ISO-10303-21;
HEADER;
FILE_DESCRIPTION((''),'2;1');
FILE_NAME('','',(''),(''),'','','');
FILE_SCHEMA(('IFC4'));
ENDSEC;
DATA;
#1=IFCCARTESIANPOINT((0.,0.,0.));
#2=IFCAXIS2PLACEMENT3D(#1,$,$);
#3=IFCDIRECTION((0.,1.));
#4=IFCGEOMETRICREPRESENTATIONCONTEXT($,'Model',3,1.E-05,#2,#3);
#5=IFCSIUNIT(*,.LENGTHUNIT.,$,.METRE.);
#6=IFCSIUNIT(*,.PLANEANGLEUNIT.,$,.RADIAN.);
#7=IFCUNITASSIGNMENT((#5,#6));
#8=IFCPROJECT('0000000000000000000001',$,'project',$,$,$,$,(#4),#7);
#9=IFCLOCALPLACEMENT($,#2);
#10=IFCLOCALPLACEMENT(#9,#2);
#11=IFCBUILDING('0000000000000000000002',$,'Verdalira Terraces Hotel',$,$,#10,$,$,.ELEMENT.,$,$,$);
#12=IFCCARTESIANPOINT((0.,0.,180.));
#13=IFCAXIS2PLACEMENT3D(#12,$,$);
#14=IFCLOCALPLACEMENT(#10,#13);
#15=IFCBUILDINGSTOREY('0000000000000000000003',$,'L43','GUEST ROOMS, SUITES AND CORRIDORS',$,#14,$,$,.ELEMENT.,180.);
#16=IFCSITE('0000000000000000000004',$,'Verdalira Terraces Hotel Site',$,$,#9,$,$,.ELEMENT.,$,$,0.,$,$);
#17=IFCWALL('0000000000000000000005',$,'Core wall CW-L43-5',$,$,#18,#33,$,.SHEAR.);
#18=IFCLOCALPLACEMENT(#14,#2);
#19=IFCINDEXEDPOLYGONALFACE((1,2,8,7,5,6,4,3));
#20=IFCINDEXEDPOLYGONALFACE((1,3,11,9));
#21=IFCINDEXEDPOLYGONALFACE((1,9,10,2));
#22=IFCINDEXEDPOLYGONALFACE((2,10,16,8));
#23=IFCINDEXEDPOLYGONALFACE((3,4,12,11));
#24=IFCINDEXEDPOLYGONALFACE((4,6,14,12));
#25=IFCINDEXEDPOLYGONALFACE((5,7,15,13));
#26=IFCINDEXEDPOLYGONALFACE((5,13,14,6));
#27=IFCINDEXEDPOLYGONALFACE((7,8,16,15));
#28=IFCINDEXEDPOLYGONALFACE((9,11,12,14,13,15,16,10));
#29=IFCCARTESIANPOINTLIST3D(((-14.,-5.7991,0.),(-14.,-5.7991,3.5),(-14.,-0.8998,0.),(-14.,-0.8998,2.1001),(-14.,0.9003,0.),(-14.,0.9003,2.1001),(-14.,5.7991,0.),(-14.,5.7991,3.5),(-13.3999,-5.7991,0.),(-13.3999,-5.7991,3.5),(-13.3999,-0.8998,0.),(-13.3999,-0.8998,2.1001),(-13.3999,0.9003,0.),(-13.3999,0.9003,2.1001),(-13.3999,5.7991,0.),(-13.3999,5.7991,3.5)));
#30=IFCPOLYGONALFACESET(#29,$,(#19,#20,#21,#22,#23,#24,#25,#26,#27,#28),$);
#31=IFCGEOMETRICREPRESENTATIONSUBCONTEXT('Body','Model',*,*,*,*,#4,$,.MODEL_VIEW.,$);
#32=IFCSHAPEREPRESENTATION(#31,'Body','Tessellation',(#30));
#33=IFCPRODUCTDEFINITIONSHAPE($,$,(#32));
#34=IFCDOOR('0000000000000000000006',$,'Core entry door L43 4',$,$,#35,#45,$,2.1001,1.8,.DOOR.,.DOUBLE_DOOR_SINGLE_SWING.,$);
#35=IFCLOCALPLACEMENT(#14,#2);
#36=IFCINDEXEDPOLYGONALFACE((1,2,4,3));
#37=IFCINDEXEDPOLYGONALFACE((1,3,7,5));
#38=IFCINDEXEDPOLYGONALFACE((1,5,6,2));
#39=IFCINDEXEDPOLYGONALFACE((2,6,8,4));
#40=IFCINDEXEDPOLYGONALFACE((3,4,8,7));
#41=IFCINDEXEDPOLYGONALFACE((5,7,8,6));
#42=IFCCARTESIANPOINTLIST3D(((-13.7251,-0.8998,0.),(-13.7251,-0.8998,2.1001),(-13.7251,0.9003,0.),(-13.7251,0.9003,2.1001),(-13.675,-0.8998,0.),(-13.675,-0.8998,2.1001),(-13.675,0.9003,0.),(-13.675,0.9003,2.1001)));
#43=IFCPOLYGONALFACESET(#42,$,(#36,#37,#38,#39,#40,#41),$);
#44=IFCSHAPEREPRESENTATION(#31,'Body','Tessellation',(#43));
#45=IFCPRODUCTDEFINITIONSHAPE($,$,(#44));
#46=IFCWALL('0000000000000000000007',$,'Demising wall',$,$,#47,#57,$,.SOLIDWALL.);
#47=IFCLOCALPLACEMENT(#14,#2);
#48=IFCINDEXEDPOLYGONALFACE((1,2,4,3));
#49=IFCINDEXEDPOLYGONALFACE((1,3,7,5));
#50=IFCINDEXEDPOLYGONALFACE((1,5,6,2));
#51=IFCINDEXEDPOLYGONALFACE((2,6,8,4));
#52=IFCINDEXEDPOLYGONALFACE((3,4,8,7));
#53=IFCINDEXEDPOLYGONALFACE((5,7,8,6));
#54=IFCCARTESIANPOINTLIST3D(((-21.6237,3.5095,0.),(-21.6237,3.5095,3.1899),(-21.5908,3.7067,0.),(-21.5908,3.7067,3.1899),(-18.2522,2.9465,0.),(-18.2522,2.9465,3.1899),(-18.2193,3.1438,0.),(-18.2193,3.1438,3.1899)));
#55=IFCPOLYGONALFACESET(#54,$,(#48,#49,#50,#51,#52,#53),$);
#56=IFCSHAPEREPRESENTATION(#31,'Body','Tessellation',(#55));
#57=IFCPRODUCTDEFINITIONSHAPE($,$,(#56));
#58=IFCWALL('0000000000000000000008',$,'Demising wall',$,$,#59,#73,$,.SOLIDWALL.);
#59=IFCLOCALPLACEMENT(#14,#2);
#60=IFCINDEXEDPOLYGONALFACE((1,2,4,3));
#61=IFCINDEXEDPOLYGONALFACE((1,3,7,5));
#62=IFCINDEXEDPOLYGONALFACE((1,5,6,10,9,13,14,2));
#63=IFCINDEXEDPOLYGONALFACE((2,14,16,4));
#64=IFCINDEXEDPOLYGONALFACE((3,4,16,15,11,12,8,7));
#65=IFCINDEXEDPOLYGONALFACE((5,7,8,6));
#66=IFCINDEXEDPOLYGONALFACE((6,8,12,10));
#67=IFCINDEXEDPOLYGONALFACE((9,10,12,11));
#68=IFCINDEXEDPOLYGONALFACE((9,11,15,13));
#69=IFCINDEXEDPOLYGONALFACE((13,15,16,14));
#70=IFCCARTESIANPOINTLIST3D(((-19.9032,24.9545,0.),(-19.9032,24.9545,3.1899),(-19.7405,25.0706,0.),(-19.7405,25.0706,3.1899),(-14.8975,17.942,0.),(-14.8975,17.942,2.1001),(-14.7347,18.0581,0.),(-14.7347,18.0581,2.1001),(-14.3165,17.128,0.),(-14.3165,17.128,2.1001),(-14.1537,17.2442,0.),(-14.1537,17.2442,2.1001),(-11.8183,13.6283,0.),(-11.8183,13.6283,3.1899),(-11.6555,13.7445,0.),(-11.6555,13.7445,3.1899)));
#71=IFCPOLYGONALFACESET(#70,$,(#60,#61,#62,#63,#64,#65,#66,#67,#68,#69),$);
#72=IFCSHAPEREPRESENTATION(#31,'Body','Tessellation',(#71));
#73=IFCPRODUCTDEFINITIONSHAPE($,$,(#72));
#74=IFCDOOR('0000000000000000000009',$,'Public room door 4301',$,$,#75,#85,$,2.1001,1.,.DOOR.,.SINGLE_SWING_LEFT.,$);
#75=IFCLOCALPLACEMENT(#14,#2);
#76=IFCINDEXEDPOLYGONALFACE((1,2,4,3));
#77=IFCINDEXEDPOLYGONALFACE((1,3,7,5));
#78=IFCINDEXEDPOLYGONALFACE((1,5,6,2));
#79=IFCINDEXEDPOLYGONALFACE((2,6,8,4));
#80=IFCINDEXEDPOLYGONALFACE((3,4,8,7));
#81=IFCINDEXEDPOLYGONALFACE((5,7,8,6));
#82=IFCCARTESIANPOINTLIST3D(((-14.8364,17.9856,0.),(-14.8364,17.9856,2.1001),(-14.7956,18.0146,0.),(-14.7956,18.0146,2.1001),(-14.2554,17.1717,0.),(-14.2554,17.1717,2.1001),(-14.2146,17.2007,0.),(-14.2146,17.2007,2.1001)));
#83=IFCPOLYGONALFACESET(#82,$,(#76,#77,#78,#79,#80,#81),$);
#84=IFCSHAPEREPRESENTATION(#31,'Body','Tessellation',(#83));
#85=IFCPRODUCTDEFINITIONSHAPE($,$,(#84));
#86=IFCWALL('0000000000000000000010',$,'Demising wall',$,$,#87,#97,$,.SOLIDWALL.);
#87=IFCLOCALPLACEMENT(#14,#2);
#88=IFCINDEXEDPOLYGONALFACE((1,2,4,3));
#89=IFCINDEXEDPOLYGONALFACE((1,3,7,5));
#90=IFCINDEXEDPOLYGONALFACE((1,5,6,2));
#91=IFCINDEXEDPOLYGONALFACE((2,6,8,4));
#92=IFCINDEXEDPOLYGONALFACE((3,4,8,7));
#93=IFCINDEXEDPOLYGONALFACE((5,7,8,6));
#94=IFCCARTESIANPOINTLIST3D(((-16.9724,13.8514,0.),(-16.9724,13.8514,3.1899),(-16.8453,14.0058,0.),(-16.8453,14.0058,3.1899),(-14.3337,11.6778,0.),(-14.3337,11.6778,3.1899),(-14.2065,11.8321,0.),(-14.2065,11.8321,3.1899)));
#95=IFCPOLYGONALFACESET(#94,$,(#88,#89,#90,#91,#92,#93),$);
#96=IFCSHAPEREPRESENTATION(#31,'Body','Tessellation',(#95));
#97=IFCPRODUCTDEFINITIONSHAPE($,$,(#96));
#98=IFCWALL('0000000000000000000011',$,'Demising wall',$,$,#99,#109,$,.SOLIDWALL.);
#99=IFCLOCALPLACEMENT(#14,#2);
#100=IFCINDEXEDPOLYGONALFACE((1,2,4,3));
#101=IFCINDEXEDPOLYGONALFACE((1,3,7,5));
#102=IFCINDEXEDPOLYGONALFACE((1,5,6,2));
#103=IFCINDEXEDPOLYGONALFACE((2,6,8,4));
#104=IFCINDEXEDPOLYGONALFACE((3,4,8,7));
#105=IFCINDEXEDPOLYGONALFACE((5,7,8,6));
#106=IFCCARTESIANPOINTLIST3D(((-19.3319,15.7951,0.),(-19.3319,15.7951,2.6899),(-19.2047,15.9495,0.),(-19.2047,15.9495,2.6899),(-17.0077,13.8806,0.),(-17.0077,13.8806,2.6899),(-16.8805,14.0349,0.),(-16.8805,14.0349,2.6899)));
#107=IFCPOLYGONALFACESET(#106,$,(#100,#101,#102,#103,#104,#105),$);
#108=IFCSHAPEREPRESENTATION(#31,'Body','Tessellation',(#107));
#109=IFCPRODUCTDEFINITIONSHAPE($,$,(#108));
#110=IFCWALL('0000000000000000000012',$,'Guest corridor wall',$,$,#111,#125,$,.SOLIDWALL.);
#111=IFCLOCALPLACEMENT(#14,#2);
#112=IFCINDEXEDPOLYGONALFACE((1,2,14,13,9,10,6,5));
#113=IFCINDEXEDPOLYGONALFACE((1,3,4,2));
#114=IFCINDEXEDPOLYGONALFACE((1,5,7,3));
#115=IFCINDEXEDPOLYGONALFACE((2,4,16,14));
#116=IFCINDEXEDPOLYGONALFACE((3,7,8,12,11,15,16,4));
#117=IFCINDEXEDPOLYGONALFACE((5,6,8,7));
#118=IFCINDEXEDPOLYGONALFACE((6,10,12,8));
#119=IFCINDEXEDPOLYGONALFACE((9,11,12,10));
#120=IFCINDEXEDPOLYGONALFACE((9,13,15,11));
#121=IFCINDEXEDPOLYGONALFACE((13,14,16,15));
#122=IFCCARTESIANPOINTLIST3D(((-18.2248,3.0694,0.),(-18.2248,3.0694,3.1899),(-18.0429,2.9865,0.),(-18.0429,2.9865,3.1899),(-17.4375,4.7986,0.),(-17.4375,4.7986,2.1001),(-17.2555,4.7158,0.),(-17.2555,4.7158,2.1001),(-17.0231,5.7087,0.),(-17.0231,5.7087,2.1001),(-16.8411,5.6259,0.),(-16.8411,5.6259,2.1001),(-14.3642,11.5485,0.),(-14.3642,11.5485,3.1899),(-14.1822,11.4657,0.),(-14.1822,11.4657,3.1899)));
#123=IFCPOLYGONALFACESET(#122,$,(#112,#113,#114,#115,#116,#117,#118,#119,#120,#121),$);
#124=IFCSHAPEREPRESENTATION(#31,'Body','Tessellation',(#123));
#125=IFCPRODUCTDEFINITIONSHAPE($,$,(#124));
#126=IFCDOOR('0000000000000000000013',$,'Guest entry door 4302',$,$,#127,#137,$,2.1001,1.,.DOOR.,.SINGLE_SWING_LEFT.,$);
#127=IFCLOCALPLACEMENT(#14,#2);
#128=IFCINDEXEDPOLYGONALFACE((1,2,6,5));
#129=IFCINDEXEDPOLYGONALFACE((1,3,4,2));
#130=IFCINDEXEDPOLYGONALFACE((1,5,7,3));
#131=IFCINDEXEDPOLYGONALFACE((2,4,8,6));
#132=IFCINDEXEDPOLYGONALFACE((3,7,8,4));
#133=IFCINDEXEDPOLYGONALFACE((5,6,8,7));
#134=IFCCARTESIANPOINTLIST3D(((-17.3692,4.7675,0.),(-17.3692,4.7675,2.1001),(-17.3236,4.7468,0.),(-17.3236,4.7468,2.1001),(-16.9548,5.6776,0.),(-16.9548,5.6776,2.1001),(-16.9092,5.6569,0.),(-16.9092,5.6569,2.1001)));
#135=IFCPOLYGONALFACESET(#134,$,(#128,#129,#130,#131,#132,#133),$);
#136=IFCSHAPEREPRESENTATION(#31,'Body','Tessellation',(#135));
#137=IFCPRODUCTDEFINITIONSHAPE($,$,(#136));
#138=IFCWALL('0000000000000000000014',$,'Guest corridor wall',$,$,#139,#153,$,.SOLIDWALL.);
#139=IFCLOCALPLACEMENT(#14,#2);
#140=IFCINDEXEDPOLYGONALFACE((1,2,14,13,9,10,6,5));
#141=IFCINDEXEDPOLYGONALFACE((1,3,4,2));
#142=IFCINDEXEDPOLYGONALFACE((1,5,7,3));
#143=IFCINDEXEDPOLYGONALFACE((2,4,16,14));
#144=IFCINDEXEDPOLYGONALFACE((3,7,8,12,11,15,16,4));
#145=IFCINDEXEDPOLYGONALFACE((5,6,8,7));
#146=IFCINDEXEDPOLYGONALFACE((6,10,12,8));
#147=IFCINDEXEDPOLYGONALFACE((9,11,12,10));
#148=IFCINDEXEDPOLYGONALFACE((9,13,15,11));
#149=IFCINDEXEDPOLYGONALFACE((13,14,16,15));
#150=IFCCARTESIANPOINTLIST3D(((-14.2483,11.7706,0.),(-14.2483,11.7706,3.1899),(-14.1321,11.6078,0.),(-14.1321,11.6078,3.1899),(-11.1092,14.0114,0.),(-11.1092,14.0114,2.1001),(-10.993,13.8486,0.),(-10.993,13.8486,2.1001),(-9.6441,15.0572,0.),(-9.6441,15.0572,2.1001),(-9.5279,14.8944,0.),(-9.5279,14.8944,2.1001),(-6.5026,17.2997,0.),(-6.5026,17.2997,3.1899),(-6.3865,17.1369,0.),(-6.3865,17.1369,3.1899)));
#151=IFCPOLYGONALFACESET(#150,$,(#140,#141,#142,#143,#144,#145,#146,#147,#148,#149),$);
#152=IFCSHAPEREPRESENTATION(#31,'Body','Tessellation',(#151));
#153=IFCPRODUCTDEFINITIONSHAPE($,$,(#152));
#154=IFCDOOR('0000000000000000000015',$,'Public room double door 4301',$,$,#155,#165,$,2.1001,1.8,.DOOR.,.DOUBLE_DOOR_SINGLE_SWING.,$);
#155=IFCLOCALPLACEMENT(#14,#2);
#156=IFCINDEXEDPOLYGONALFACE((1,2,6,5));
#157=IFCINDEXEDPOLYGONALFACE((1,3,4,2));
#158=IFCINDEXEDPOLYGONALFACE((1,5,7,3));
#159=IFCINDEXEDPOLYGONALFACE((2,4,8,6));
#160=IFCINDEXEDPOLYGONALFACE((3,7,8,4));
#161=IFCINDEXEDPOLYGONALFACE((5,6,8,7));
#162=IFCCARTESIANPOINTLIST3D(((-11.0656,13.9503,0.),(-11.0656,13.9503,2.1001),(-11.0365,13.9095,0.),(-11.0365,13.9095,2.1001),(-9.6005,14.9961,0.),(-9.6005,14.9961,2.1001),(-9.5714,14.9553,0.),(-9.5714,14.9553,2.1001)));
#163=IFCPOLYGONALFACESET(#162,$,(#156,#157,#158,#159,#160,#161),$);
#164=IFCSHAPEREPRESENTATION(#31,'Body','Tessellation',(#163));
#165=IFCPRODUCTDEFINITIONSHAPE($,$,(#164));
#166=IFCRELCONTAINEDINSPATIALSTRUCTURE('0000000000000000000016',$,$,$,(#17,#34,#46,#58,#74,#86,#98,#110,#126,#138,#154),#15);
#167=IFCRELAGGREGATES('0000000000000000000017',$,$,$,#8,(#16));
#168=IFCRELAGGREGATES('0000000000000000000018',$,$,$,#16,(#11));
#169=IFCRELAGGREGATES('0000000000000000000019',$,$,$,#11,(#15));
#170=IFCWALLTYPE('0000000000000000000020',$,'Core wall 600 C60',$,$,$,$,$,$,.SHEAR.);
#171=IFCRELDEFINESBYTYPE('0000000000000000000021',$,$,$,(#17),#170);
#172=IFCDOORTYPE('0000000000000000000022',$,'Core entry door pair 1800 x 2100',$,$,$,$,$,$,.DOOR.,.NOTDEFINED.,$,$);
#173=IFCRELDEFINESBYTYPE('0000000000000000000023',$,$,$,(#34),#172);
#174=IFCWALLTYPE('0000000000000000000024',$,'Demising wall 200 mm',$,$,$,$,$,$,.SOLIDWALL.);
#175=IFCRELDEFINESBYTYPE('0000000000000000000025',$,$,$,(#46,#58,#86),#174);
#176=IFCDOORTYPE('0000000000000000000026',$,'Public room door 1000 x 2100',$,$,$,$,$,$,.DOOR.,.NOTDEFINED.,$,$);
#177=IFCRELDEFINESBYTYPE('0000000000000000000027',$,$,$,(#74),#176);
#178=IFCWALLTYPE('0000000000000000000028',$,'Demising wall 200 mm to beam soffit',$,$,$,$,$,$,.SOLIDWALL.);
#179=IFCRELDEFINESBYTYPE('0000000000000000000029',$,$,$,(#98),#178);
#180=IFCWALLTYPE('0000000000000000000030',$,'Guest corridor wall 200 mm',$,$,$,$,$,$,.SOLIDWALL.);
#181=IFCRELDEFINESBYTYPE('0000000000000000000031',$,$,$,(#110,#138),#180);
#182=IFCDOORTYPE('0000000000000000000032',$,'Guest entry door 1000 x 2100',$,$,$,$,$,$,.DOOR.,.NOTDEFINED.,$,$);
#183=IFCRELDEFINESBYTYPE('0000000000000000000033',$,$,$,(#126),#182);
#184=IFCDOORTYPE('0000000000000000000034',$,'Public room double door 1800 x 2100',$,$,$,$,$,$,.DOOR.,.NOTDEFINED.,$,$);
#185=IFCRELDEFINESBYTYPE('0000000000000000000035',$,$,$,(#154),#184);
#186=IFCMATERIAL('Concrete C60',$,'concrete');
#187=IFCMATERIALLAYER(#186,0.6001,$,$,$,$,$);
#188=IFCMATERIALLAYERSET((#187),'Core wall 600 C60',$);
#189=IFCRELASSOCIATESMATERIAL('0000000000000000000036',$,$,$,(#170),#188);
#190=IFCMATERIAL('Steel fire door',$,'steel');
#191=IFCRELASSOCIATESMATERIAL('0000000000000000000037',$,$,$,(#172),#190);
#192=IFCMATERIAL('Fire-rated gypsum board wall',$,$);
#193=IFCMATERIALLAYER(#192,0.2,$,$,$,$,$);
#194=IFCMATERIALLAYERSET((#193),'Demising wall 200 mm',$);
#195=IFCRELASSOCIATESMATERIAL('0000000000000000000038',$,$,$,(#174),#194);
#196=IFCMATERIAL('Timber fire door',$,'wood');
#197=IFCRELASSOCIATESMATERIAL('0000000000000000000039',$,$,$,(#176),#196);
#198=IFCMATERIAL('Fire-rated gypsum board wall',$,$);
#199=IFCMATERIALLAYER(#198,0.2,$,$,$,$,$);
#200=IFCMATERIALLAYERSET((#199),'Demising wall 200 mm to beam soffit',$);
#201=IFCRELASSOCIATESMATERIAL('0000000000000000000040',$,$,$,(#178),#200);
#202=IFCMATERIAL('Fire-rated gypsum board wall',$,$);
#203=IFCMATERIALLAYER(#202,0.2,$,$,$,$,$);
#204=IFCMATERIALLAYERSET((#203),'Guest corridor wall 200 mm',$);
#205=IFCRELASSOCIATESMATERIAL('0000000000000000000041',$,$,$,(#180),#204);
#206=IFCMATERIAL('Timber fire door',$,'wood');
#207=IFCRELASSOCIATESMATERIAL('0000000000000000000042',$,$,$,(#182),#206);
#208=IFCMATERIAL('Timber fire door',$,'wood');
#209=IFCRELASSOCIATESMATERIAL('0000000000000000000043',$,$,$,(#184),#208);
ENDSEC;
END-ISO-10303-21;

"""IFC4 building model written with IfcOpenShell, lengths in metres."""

from ifc_helpers import new_model, si_unit, direction, frame, frame_2d, origin, place, context, subcontext, project, spatial, rectangle, extrude, material, layer, layer_set, type_object, element, fill, save


model = new_model("IFC4")

# Units and contexts
model_context = context("Model", 3, precision=1e-05, world=origin(), true_north=direction((0.0, 1.0)))
body_context = subcontext(model_context, "Body", "Model", "MODEL_VIEW")
ifc_project = project(units=[si_unit("LENGTHUNIT", "METRE"), si_unit("PLANEANGLEUNIT", "RADIAN")], contexts=[model_context])

# Site, building, storey
site_placement = place(None, origin())
site = spatial("IfcSite", under=ifc_project, at=site_placement, Name="Verdalira Terraces Hotel Site", CompositionType="ELEMENT", RefElevation=0.0)
building_placement = place(site_placement, origin())
building = spatial("IfcBuilding", under=site, at=building_placement, Name="Verdalira Terraces Hotel", CompositionType="ELEMENT")
storey_placement = place(building_placement, frame((0.0, 0.0, 180.0)))
storey = spatial("IfcBuildingStorey", under=building, at=storey_placement, Name="L43", Description="GUEST ROOMS, SUITES AND CORRIDORS", CompositionType="ELEMENT", Elevation=180.0)

# Wall, opening, door
ifc_material_1 = material(Name="Concrete C60", Category="concrete")
ifc_layer_1 = layer(ifc_material_1, 0.6001)
ifc_layer_set_1 = layer_set([ifc_layer_1], Name="Core wall 600 C60")
wall_type_1 = type_object("IfcWallType", Name="Core wall 600 C60", PredefinedType="SHEAR", material=ifc_layer_set_1)
wall_1_placement = place(storey_placement, frame((-13.7, 5.7991, 0.0), z_axis=(0.0, 0.0, 1.0), x_axis=(0.0, -1.0, 0.0)))
wall_1 = element("IfcWall", 1, at=wall_1_placement, inside=storey, type_object=wall_type_1, Name="Core wall CW-L43-5", PredefinedType="SHEAR", context=body_context, shape_type="SweptSolid", body=[
    extrude(rectangle(XDim=11.5981, YDim=0.6001, at=frame_2d((5.7991, 0.0))), origin(), (0.0, 0.0, 1.0), 3.5),
])
opening_1_placement = place(wall_1_placement, frame((4.8989, 0.0, 0.0)))
opening_1 = element("IfcOpeningElement", 2, at=opening_1_placement, cuts=wall_1, PredefinedType="OPENING", context=body_context, shape_type="SweptSolid", body=[
    extrude(rectangle(XDim=1.8, YDim=2.1001, at=frame_2d((0.8999, 1.05))), frame((0.0, 0.3101, 0.0), z_axis=(0.0, -1.0, 0.0), x_axis=(1.0, 0.0, 0.0)), (0.0, 0.0, 1.0), 0.6201),
])
ifc_material_2 = material(Name="Steel fire door", Category="steel")
door_type_1 = type_object("IfcDoorType", Name="Core entry door pair 1800 x 2100", OperationType="NOTDEFINED", PredefinedType="DOOR", material=ifc_material_2)
door_1_placement = place(opening_1_placement, origin())
door_1 = element("IfcDoor", 3, at=door_1_placement, inside=storey, type_object=door_type_1, Name="Core entry door L43 4", OperationType="DOUBLE_DOOR_SINGLE_SWING", OverallHeight=2.1001, OverallWidth=1.8, PredefinedType="DOOR", context=body_context, shape_type="SweptSolid", body=[
    extrude(rectangle(XDim=1.8, YDim=2.1001, at=frame_2d((0.8999, 1.05))), frame((0.0, 0.0249, 0.0), z_axis=(0.0, -1.0, 0.0), x_axis=(1.0, 0.0, 0.0)), (0.0, 0.0, 1.0), 0.05),
])
fill(opening_1, door_1)

# Wall
ifc_material_3 = material(Name="Fire-rated gypsum board wall")
ifc_layer_2 = layer(ifc_material_3, 0.2)
ifc_layer_set_2 = layer_set([ifc_layer_2], Name="Demising wall 200 mm")
wall_type_2 = type_object("IfcWallType", Name="Demising wall 200 mm", PredefinedType="SOLIDWALL", material=ifc_layer_set_2)
wall_2_placement = place(storey_placement, frame((-18.2358, 3.0452, 0.0), z_axis=(0.0, 0.0, 1.0), x_axis=(-0.986344, 0.1647, 0.0)))
element("IfcWall", 4, at=wall_2_placement, inside=storey, type_object=wall_type_2, Name="Demising wall", PredefinedType="SOLIDWALL", context=body_context, shape_type="SweptSolid", body=[
    extrude(rectangle(XDim=3.4182, YDim=0.2, at=frame_2d((1.709, 0.0))), origin(), (0.0, 0.0, 1.0), 3.1899),
])

# Wall, opening, door
wall_3_placement = place(storey_placement, frame((-11.7368, 13.6863, 0.0), z_axis=(0.0, 0.0, 1.0), x_axis=(-0.580993, 0.813909, 0.0)))
wall_3 = element("IfcWall", 5, at=wall_3_placement, inside=storey, type_object=wall_type_2, Name="Demising wall", PredefinedType="SOLIDWALL", context=body_context, shape_type="SweptSolid", body=[
    extrude(rectangle(XDim=13.9158, YDim=0.2, at=frame_2d((6.958, 0.0))), origin(), (0.0, 0.0, 1.0), 3.1899),
])
opening_2_placement = place(wall_3_placement, frame((4.3, 0.0, 0.0)))
opening_2 = element("IfcOpeningElement", 6, at=opening_2_placement, cuts=wall_3, PredefinedType="OPENING", context=body_context, shape_type="SweptSolid", body=[
    extrude(rectangle(XDim=1.0, YDim=2.1001, at=frame_2d((0.5, 1.05))), frame((0.0, 0.1099, 0.0), z_axis=(0.0, -1.0, 0.0), x_axis=(1.0, 0.0, 0.0)), (0.0, 0.0, 1.0), 0.22),
])
ifc_material_4 = material(Name="Timber fire door", Category="wood")
door_type_2 = type_object("IfcDoorType", Name="Public room door 1000 x 2100", OperationType="NOTDEFINED", PredefinedType="DOOR", material=ifc_material_4)
door_2_placement = place(opening_2_placement, origin())
door_2 = element("IfcDoor", 7, at=door_2_placement, inside=storey, type_object=door_type_2, Name="Public room door 4301", OperationType="SINGLE_SWING_LEFT", OverallHeight=2.1001, OverallWidth=1.0, PredefinedType="DOOR", context=body_context, shape_type="SweptSolid", body=[
    extrude(rectangle(XDim=1.0, YDim=2.1001, at=frame_2d((0.5, 1.05))), frame((0.0, 0.0249, 0.0), z_axis=(0.0, -1.0, 0.0), x_axis=(1.0, 0.0, 0.0)), (0.0, 0.0, 1.0), 0.05),
])
fill(opening_2, door_2)

# Walls
wall_4_placement = place(storey_placement, frame((-14.27, 11.7549, 0.0), z_axis=(0.0, 0.0, 1.0), x_axis=(-0.77185, 0.635805, 0.0)))
element("IfcWall", 8, at=wall_4_placement, inside=storey, type_object=wall_type_2, Name="Demising wall", PredefinedType="SOLIDWALL", context=body_context, shape_type="SweptSolid", body=[
    extrude(rectangle(XDim=3.4187, YDim=0.2, at=frame_2d((1.7095, 0.0))), origin(), (0.0, 0.0, 1.0), 3.1899),
])
ifc_material_5 = material(Name="Fire-rated gypsum board wall")
ifc_layer_3 = layer(ifc_material_5, 0.2)
ifc_layer_set_3 = layer_set([ifc_layer_3], Name="Demising wall 200 mm to beam soffit")
wall_type_3 = type_object("IfcWallType", Name="Demising wall 200 mm to beam soffit", PredefinedType="SOLIDWALL", material=ifc_layer_set_3)
wall_5_placement = place(storey_placement, frame((-16.9441, 13.9578, 0.0), z_axis=(0.0, 0.0, 1.0), x_axis=(-0.771851, 0.635804, 0.0)))
element("IfcWall", 9, at=wall_5_placement, inside=storey, type_object=wall_type_3, Name="Demising wall", PredefinedType="SOLIDWALL", context=body_context, shape_type="SweptSolid", body=[
    extrude(rectangle(XDim=3.0112, YDim=0.2, at=frame_2d((1.5056, 0.0))), origin(), (0.0, 0.0, 1.0), 2.6899),
])

# Walls, openings, doors
ifc_material_6 = material(Name="Fire-rated gypsum board wall")
ifc_layer_4 = layer(ifc_material_6, 0.2)
ifc_layer_set_4 = layer_set([ifc_layer_4], Name="Guest corridor wall 200 mm")
wall_type_4 = type_object("IfcWallType", Name="Guest corridor wall 200 mm", PredefinedType="SOLIDWALL", material=ifc_layer_set_4)
wall_6_placement = place(storey_placement, frame((-18.1338, 3.0281, 0.0), z_axis=(0.0, 0.0, 1.0), x_axis=(0.414381, 0.910103, 0.0)))
wall_6 = element("IfcWall", 10, at=wall_6_placement, inside=storey, type_object=wall_type_4, Name="Guest corridor wall", PredefinedType="SOLIDWALL", context=body_context, shape_type="SweptSolid", body=[
    extrude(rectangle(XDim=9.3166, YDim=0.2, at=frame_2d((4.6582, 0.0))), origin(), (0.0, 0.0, 1.0), 3.1899),
])
opening_3_placement = place(wall_6_placement, frame((1.8999, 0.0, 0.0)))
opening_3 = element("IfcOpeningElement", 11, at=opening_3_placement, cuts=wall_6, PredefinedType="OPENING", context=body_context, shape_type="SweptSolid", body=[
    extrude(rectangle(XDim=1.0, YDim=2.1001, at=frame_2d((0.5, 1.05))), frame((0.0, 0.1099, 0.0), z_axis=(0.0, -1.0, 0.0), x_axis=(1.0, 0.0, 0.0)), (0.0, 0.0, 1.0), 0.22),
])
ifc_material_7 = material(Name="Timber fire door", Category="wood")
door_type_3 = type_object("IfcDoorType", Name="Guest entry door 1000 x 2100", OperationType="NOTDEFINED", PredefinedType="DOOR", material=ifc_material_7)
door_3_placement = place(opening_3_placement, origin())
door_3 = element("IfcDoor", 12, at=door_3_placement, inside=storey, type_object=door_type_3, Name="Guest entry door 4302", OperationType="SINGLE_SWING_LEFT", OverallHeight=2.1001, OverallWidth=1.0, PredefinedType="DOOR", context=body_context, shape_type="SweptSolid", body=[
    extrude(rectangle(XDim=1.0, YDim=2.1001, at=frame_2d((0.5, 1.05))), frame((0.0, 0.0249, 0.0), z_axis=(0.0, -1.0, 0.0), x_axis=(1.0, 0.0, 0.0)), (0.0, 0.0, 1.0), 0.05),
])
fill(opening_3, door_3)
wall_7_placement = place(storey_placement, frame((-14.1902, 11.6892, 0.0), z_axis=(0.0, 0.0, 1.0), x_axis=(0.813909, 0.580993, 0.0)))
wall_7 = element("IfcWall", 13, at=wall_7_placement, inside=storey, type_object=wall_type_4, Name="Guest corridor wall", PredefinedType="SOLIDWALL", context=body_context, shape_type="SweptSolid", body=[
    extrude(rectangle(XDim=9.5166, YDim=0.2, at=frame_2d((4.7583, 0.0))), origin(), (0.0, 0.0, 1.0), 3.1899),
])
opening_4_placement = place(wall_7_placement, frame((3.8569, 0.0, 0.0)))
opening_4 = element("IfcOpeningElement", 14, at=opening_4_placement, cuts=wall_7, PredefinedType="OPENING", context=body_context, shape_type="SweptSolid", body=[
    extrude(rectangle(XDim=1.8, YDim=2.1001, at=frame_2d((0.8999, 1.05))), frame((0.0, 0.1099, 0.0), z_axis=(0.0, -1.0, 0.0), x_axis=(1.0, 0.0, 0.0)), (0.0, 0.0, 1.0), 0.22),
])
ifc_material_8 = material(Name="Timber fire door", Category="wood")
door_type_4 = type_object("IfcDoorType", Name="Public room double door 1800 x 2100", OperationType="NOTDEFINED", PredefinedType="DOOR", material=ifc_material_8)
door_4_placement = place(opening_4_placement, origin())
door_4 = element("IfcDoor", 15, at=door_4_placement, inside=storey, type_object=door_type_4, Name="Public room double door 4301", OperationType="DOUBLE_DOOR_SINGLE_SWING", OverallHeight=2.1001, OverallWidth=1.8, PredefinedType="DOOR", context=body_context, shape_type="SweptSolid", body=[
    extrude(rectangle(XDim=1.8, YDim=2.1001, at=frame_2d((0.8999, 1.05))), frame((0.0, 0.0249, 0.0), z_axis=(0.0, -1.0, 0.0), x_axis=(1.0, 0.0, 0.0)), (0.0, 0.0, 1.0), 0.05),
])
fill(opening_4, door_4)

save(model, "model.ifc")
